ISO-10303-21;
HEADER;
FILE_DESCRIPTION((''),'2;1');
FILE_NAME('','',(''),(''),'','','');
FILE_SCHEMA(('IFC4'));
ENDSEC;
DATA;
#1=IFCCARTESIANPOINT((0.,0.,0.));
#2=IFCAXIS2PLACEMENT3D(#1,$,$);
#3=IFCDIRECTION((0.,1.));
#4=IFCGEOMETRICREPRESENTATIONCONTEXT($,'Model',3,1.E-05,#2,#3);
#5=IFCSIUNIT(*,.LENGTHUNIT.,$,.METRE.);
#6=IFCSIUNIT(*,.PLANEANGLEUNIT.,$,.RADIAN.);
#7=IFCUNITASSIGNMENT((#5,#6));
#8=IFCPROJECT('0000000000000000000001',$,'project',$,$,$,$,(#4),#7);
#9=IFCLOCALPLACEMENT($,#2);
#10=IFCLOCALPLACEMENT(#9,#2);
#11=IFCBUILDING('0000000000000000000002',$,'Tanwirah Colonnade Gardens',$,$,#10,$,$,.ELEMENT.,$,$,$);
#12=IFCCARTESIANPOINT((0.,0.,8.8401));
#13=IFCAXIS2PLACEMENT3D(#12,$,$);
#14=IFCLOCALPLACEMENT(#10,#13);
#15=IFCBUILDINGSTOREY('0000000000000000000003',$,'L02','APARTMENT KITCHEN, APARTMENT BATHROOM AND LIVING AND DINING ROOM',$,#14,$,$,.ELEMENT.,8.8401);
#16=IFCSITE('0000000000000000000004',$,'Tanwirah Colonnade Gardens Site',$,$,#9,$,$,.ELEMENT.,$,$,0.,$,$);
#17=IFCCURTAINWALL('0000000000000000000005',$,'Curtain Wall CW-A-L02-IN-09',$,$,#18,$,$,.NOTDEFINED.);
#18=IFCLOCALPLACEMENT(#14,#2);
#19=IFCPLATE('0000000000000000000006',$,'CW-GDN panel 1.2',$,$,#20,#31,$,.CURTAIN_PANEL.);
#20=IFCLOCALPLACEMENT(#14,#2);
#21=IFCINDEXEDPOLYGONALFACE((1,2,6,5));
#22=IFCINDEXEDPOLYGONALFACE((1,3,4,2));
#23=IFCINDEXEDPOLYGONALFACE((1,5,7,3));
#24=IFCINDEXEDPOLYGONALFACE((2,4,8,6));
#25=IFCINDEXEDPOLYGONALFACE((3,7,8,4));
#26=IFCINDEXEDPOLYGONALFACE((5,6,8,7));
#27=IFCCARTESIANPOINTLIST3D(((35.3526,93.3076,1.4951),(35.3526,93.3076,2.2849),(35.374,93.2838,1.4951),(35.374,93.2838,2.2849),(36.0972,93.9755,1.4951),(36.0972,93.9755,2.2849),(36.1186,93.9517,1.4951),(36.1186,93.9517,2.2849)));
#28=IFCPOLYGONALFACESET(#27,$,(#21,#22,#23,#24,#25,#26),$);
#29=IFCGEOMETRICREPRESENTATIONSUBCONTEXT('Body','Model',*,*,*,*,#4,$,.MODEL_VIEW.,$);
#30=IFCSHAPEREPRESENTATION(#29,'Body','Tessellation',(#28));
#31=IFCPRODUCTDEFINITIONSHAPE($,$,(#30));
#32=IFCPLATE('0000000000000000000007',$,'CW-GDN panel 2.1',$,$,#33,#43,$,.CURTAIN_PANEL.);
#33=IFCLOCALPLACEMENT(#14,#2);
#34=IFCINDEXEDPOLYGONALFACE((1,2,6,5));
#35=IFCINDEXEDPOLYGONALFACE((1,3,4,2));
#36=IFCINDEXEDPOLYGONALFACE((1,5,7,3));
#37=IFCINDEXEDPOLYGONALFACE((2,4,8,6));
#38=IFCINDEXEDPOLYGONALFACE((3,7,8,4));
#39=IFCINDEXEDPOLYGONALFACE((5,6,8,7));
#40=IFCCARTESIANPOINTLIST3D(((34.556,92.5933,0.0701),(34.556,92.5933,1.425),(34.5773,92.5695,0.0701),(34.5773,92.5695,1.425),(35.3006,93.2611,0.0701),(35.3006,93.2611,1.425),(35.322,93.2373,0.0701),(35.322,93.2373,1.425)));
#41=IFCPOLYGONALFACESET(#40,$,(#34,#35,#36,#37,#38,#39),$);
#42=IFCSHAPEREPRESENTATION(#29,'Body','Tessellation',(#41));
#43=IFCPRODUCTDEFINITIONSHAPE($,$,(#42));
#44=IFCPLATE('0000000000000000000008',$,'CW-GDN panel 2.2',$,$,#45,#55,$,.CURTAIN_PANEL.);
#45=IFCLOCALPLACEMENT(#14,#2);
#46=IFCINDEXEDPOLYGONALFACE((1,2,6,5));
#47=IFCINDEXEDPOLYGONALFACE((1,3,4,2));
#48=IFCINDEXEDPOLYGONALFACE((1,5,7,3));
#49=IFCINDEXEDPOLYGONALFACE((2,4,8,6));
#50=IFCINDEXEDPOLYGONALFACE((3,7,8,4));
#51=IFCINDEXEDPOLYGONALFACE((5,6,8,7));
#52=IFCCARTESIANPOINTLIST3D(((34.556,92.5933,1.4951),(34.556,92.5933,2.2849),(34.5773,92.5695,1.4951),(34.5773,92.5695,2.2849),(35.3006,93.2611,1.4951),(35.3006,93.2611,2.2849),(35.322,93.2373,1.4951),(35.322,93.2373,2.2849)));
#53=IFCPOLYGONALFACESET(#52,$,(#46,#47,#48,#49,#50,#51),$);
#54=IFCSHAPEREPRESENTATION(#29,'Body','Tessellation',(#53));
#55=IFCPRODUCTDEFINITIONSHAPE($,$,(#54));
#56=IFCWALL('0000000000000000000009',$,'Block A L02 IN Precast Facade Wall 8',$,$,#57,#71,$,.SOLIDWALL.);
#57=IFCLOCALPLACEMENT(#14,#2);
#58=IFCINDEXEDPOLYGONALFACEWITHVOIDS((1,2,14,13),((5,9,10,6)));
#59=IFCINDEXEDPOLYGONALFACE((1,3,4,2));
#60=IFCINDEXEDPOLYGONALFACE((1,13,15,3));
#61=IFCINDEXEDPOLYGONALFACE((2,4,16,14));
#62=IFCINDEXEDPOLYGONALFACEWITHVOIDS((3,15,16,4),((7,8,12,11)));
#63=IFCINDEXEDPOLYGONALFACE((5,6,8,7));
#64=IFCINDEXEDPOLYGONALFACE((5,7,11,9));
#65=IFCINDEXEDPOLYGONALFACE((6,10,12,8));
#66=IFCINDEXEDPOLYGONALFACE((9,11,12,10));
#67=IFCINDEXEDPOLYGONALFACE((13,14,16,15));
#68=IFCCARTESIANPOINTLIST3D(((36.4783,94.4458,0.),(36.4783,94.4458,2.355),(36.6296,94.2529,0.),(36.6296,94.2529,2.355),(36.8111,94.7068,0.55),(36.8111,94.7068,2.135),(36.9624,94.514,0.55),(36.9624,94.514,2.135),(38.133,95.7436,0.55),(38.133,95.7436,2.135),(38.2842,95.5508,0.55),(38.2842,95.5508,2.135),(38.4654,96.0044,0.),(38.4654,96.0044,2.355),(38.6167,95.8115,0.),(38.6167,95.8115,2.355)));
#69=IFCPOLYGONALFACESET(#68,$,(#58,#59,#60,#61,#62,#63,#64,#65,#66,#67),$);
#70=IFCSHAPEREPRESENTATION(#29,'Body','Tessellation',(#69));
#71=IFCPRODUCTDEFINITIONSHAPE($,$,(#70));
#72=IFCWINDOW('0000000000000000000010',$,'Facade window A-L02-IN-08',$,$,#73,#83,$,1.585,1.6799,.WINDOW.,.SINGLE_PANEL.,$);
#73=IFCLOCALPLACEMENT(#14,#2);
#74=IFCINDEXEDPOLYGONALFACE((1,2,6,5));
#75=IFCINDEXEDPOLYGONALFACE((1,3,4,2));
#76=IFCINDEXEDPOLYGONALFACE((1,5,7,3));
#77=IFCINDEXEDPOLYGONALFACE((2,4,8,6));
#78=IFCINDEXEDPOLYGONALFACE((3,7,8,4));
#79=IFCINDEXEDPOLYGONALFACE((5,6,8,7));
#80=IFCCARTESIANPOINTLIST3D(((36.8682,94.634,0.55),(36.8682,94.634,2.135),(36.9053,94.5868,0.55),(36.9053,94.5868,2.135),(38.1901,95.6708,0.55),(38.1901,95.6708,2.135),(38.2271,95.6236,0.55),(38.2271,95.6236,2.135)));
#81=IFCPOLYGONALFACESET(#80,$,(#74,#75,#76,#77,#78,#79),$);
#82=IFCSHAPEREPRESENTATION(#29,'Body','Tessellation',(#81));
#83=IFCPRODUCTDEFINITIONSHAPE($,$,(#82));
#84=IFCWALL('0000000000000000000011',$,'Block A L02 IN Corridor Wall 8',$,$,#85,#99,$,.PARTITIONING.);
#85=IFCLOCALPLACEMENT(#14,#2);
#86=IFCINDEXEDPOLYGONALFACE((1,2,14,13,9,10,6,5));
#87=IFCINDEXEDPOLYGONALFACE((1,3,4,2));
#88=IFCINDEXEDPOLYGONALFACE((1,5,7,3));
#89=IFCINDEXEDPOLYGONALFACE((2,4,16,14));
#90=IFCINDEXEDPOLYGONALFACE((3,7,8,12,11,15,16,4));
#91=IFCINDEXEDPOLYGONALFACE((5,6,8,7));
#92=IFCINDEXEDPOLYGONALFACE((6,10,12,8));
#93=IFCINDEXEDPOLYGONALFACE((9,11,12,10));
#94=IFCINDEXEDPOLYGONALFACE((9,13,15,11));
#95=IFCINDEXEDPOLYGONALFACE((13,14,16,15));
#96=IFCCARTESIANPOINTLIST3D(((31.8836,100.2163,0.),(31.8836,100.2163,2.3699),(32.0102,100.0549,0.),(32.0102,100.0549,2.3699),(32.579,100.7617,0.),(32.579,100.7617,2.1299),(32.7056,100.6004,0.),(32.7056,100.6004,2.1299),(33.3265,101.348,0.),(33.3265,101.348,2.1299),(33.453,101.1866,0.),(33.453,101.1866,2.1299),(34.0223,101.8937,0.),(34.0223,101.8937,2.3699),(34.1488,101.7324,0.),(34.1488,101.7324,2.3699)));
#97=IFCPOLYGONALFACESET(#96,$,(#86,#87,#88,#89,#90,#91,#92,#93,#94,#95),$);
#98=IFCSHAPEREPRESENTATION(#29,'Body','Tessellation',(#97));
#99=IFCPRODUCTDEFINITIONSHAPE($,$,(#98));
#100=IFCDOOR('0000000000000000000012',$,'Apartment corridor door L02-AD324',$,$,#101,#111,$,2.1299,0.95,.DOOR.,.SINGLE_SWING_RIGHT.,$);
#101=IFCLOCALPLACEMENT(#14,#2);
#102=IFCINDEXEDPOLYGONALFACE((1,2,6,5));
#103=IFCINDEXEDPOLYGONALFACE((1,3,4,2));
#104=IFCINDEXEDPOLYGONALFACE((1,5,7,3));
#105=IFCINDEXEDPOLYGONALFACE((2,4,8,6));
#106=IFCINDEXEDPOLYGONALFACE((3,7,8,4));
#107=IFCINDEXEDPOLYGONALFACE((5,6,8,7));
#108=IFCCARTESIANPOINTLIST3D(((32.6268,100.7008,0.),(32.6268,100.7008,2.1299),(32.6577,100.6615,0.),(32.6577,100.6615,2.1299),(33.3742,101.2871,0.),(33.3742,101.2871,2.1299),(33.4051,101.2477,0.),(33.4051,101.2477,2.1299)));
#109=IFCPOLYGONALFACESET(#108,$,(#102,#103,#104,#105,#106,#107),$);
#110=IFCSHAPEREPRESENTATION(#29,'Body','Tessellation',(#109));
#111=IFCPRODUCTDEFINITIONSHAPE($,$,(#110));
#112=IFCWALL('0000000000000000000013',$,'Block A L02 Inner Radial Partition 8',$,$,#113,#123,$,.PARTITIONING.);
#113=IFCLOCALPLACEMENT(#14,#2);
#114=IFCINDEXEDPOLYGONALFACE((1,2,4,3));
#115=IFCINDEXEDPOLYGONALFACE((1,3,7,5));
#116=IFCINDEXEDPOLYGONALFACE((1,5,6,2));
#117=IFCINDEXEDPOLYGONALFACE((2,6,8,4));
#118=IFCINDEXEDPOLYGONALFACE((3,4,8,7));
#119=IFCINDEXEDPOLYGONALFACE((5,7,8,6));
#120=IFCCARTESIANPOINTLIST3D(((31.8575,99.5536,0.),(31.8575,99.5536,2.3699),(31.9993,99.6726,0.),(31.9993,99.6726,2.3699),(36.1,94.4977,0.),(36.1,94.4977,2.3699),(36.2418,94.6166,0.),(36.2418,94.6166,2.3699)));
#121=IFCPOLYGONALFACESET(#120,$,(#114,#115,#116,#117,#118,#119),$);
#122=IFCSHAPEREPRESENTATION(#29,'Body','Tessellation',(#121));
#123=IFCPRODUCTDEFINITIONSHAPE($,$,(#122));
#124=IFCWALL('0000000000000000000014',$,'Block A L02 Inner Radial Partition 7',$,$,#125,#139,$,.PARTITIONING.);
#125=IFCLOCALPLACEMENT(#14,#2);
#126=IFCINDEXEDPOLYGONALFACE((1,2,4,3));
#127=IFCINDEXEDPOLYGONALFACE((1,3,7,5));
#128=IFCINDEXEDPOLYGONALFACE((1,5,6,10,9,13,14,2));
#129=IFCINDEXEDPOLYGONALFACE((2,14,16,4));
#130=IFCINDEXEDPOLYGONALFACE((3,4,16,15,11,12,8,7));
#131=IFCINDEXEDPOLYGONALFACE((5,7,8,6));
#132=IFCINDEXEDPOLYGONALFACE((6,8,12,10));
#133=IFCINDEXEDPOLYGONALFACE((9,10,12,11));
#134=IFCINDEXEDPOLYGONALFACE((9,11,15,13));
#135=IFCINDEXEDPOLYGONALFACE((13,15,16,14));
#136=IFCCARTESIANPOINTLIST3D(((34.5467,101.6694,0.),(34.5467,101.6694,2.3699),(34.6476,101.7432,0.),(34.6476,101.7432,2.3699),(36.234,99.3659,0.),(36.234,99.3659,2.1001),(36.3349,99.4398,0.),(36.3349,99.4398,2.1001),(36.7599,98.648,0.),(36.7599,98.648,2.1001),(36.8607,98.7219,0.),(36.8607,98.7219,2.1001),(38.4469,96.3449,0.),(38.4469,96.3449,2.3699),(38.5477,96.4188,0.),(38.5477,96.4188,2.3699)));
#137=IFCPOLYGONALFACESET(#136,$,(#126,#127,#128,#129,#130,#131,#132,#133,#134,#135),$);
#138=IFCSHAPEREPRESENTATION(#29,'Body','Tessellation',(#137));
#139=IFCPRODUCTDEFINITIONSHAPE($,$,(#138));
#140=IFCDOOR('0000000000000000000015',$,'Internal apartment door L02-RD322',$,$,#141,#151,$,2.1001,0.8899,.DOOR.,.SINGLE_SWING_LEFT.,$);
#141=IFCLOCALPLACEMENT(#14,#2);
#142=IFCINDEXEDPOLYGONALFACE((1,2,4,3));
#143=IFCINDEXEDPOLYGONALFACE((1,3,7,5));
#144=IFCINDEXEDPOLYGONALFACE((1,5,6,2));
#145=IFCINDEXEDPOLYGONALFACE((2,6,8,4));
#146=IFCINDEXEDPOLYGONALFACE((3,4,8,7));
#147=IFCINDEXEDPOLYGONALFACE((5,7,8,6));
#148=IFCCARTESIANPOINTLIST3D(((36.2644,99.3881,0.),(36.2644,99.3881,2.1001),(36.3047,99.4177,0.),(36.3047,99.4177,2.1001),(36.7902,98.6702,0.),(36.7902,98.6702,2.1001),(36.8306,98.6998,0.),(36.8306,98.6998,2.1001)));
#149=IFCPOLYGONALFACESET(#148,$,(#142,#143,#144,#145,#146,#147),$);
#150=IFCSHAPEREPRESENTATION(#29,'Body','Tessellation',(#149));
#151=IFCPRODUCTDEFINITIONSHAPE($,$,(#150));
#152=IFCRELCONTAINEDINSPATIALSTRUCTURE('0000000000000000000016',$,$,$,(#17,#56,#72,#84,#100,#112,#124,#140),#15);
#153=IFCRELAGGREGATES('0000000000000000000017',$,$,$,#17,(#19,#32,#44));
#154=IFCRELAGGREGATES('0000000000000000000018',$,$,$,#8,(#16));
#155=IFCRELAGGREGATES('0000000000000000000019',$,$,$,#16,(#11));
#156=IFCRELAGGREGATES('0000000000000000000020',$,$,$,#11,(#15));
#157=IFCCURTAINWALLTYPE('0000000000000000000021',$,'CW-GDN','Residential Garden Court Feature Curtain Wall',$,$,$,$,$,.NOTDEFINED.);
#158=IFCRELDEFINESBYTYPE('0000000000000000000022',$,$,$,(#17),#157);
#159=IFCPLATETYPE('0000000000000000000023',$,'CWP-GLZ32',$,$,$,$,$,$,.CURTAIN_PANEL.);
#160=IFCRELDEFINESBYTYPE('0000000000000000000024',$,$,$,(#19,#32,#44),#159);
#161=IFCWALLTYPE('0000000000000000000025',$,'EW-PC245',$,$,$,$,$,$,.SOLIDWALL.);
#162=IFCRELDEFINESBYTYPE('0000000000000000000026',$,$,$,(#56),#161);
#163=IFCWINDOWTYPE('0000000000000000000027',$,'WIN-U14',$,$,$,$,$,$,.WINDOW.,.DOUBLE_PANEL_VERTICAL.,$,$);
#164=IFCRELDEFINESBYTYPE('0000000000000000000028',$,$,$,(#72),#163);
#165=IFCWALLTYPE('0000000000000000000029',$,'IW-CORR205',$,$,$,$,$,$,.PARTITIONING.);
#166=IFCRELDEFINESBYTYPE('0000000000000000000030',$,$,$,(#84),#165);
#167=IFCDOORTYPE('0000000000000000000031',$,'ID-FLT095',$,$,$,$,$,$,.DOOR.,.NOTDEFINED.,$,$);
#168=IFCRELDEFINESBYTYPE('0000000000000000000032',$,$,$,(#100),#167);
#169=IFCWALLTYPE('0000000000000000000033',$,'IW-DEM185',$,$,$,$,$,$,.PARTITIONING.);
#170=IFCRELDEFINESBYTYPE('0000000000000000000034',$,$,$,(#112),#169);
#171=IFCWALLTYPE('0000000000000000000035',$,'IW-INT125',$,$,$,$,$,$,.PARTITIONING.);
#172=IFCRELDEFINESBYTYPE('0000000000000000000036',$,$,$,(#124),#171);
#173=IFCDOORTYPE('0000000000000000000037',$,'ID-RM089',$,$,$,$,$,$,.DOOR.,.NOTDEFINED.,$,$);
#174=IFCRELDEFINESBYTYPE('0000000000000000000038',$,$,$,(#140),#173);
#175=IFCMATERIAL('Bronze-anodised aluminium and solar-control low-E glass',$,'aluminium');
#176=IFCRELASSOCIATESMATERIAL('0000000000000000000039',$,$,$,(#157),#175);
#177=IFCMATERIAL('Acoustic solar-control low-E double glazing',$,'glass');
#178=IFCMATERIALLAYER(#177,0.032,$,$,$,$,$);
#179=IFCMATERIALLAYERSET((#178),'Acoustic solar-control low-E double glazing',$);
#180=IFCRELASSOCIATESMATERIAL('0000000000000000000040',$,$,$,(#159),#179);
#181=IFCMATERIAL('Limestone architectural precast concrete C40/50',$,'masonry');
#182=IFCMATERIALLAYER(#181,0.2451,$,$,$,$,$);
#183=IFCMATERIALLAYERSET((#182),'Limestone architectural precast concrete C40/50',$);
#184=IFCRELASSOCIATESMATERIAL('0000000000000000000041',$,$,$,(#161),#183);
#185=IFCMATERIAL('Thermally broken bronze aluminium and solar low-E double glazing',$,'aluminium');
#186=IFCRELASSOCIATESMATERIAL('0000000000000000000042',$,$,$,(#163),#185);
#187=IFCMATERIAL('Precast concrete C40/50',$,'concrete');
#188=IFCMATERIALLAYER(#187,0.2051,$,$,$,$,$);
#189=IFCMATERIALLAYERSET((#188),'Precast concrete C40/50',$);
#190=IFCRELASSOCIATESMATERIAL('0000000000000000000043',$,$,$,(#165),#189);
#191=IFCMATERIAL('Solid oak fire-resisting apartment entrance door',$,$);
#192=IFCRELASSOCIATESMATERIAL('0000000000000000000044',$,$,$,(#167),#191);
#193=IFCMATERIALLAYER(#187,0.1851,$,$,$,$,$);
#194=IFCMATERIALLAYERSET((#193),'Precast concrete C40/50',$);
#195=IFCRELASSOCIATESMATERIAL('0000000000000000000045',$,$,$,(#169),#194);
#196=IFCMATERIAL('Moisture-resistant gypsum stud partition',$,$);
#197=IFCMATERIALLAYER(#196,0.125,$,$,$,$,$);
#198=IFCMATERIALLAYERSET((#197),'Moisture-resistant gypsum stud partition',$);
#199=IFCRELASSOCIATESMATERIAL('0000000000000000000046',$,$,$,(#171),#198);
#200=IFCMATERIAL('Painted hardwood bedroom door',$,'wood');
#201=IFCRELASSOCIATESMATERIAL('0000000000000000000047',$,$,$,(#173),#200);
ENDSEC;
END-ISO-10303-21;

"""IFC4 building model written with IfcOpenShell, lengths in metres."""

from ifc_helpers import new_model, si_unit, direction, frame, frame_2d, origin, origin_2d, place, context, subcontext, project, spatial, rectangle, extrude, material, layer, layer_set, type_object, element, fill, aggregate, save


model = new_model("IFC4")

# Units and contexts
model_context = context("Model", 3, precision=1e-05, world=origin(), true_north=direction((0.0, 1.0)))
body_context = subcontext(model_context, "Body", "Model", "MODEL_VIEW")
ifc_project = project(units=[si_unit("LENGTHUNIT", "METRE"), si_unit("PLANEANGLEUNIT", "RADIAN")], contexts=[model_context])

# Site, building, storey
site_placement = place(None, origin())
site = spatial("IfcSite", under=ifc_project, at=site_placement, Name="Tanwirah Colonnade Gardens Site", CompositionType="ELEMENT", RefElevation=0.0)
building_placement = place(site_placement, origin())
building = spatial("IfcBuilding", under=site, at=building_placement, Name="Tanwirah Colonnade Gardens", CompositionType="ELEMENT")
storey_placement = place(building_placement, frame((0.0, 0.0, 8.8401)))
storey = spatial("IfcBuildingStorey", under=building, at=storey_placement, Name="L02", Description="APARTMENT KITCHEN, APARTMENT BATHROOM AND LIVING AND DINING ROOM", CompositionType="ELEMENT", Elevation=8.8401)

# Shared definitions
ifc_material_1 = material(Name="Precast concrete C40/50", Category="concrete")

# Curtain wall
ifc_material_2 = material(Name="Bronze-anodised aluminium and solar-control low-E glass", Category="aluminium")
curtain_wall_type = type_object("IfcCurtainWallType", Name="CW-GDN", Description="Residential Garden Court Feature Curtain Wall", PredefinedType="NOTDEFINED", material=ifc_material_2)
curtain_wall_placement = place(storey_placement, origin())
curtain_wall = element("IfcCurtainWall", 1, at=curtain_wall_placement, inside=storey, type_object=curtain_wall_type, Name="Curtain Wall CW-A-L02-IN-09", PredefinedType="NOTDEFINED")

# Plates
ifc_material_3 = material(Name="Acoustic solar-control low-E double glazing", Category="glass")
ifc_layer_1 = layer(ifc_material_3, 0.032)
ifc_layer_set_1 = layer_set([ifc_layer_1], Name="Acoustic solar-control low-E double glazing")
plate_type = type_object("IfcPlateType", Name="CWP-GLZ32", PredefinedType="CURTAIN_PANEL", material=ifc_layer_set_1)
plate_1_placement = place(storey_placement, frame((35.7356, 93.6296, 1.4951), z_axis=(0.0, 0.0, 1.0), x_axis=(-0.74444, -0.667689, 0.0)))
plate_1 = element("IfcPlate", 2, at=plate_1_placement, type_object=plate_type, Name="CW-GDN panel 1.2", PredefinedType="CURTAIN_PANEL", context=body_context, shape_type="SweptSolid", body=[
    extrude(rectangle(XDim=1.0002, YDim=0.032, at=origin_2d()), origin(), (0.0, 0.0, 1.0), 0.7898),
])
plate_2_placement = place(storey_placement, frame((34.939, 92.9153, 0.0701), z_axis=(0.0, 0.0, 1.0), x_axis=(-0.74444, -0.667689, 0.0)))
plate_2 = element("IfcPlate", 3, at=plate_2_placement, type_object=plate_type, Name="CW-GDN panel 2.1", PredefinedType="CURTAIN_PANEL", context=body_context, shape_type="SweptSolid", body=[
    extrude(rectangle(XDim=1.0002, YDim=0.032, at=origin_2d()), origin(), (0.0, 0.0, 1.0), 1.355),
])
plate_3_placement = place(storey_placement, frame((34.939, 92.9153, 1.4951), z_axis=(0.0, 0.0, 1.0), x_axis=(-0.74444, -0.667689, 0.0)))
plate_3 = element("IfcPlate", 4, at=plate_3_placement, type_object=plate_type, Name="CW-GDN panel 2.2", PredefinedType="CURTAIN_PANEL", context=body_context, shape_type="SweptSolid", body=[
    extrude(rectangle(XDim=1.0002, YDim=0.032, at=origin_2d()), origin(), (0.0, 0.0, 1.0), 0.7898),
])
aggregate(curtain_wall, [plate_1, plate_2, plate_3])

# Wall, opening, window
ifc_material_4 = material(Name="Limestone architectural precast concrete C40/50", Category="masonry")
ifc_layer_2 = layer(ifc_material_4, 0.2451)
ifc_layer_set_2 = layer_set([ifc_layer_2], Name="Limestone architectural precast concrete C40/50")
wall_type_1 = type_object("IfcWallType", Name="EW-PC245", PredefinedType="SOLIDWALL", material=ifc_layer_set_2)
wall_1_placement = place(storey_placement, frame((38.541, 95.908, 0.0), z_axis=(0.0, 0.0, 1.0), x_axis=(-0.786831, -0.617168, 0.0)))
wall_1 = element("IfcWall", 5, at=wall_1_placement, inside=storey, type_object=wall_type_1, Name="Block A L02 IN Precast Facade Wall 8", PredefinedType="SOLIDWALL", context=body_context, shape_type="SweptSolid", body=[
    extrude(rectangle(XDim=2.5254, YDim=0.2451, at=frame_2d((1.2627, 0.0))), origin(), (0.0, 0.0, 1.0), 2.355),
])
opening_1_placement = place(wall_1_placement, frame((0.4226, 0.0, 0.55)))
opening_1 = element("IfcOpeningElement", 6, at=opening_1_placement, cuts=wall_1, PredefinedType="OPENING", context=body_context, shape_type="SweptSolid", body=[
    extrude(rectangle(XDim=1.6799, YDim=1.585, at=frame_2d((0.8398, 0.7925))), frame((0.0, 0.1326, 0.0), z_axis=(0.0, -1.0, 0.0), x_axis=(1.0, 0.0, 0.0)), (0.0, 0.0, 1.0), 0.2651),
])
ifc_material_5 = material(Name="Thermally broken bronze aluminium and solar low-E double glazing", Category="aluminium")
window_type = type_object("IfcWindowType", Name="WIN-U14", PartitioningType="DOUBLE_PANEL_VERTICAL", PredefinedType="WINDOW", material=ifc_material_5)
window_placement = place(opening_1_placement, origin())
window = element("IfcWindow", 7, at=window_placement, inside=storey, type_object=window_type, Name="Facade window A-L02-IN-08", OverallHeight=1.585, OverallWidth=1.6799, PartitioningType="SINGLE_PANEL", PredefinedType="WINDOW", context=body_context, shape_type="SweptSolid", body=[
    extrude(rectangle(XDim=1.6799, YDim=1.585, at=frame_2d((0.8398, 0.7925))), frame((0.0, 0.03, 0.0), z_axis=(0.0, -1.0, 0.0), x_axis=(1.0, 0.0, 0.0)), (0.0, 0.0, 1.0), 0.0601),
])
fill(opening_1, window)

# Wall, opening, door
ifc_layer_3 = layer(ifc_material_1, 0.2051)
ifc_layer_set_3 = layer_set([ifc_layer_3], Name="Precast concrete C40/50")
wall_type_2 = type_object("IfcWallType", Name="IW-CORR205", PredefinedType="PARTITIONING", material=ifc_layer_set_3)
wall_2_placement = place(storey_placement, frame((34.0854, 101.813, 0.0), z_axis=(0.0, 0.0, 1.0), x_axis=(-0.786835, -0.617163, 0.0)))
wall_2 = element("IfcWall", 8, at=wall_2_placement, inside=storey, type_object=wall_type_2, Name="Block A L02 IN Corridor Wall 8", PredefinedType="PARTITIONING", context=body_context, shape_type="SweptSolid", body=[
    extrude(rectangle(XDim=2.718, YDim=0.2051, at=frame_2d((1.3589, 0.0))), origin(), (0.0, 0.0, 1.0), 2.3699),
])
opening_2_placement = place(wall_2_placement, frame((0.884, 0.0, 0.0)))
opening_2 = element("IfcOpeningElement", 9, at=opening_2_placement, cuts=wall_2, PredefinedType="OPENING", context=body_context, shape_type="SweptSolid", body=[
    extrude(rectangle(XDim=0.95, YDim=2.1299, at=frame_2d((0.4751, 1.0649))), frame((0.0, 0.1125, 0.0), z_axis=(0.0, -1.0, 0.0), x_axis=(1.0, 0.0, 0.0)), (0.0, 0.0, 1.0), 0.2251),
])
ifc_material_6 = material(Name="Solid oak fire-resisting apartment entrance door")
door_type_1 = type_object("IfcDoorType", Name="ID-FLT095", OperationType="NOTDEFINED", PredefinedType="DOOR", material=ifc_material_6)
door_1_placement = place(opening_2_placement, origin())
door_1 = element("IfcDoor", 10, at=door_1_placement, inside=storey, type_object=door_type_1, Name="Apartment corridor door L02-AD324", OperationType="SINGLE_SWING_RIGHT", OverallHeight=2.1299, OverallWidth=0.95, PredefinedType="DOOR", context=body_context, shape_type="SweptSolid", body=[
    extrude(rectangle(XDim=0.95, YDim=2.1299, at=frame_2d((0.4751, 1.0649))), frame((0.0, 0.0249, 0.0), z_axis=(0.0, -1.0, 0.0), x_axis=(1.0, 0.0, 0.0)), (0.0, 0.0, 1.0), 0.05),
])
fill(opening_2, door_1)

# Wall
ifc_layer_4 = layer(ifc_material_1, 0.1851)
ifc_layer_set_4 = layer_set([ifc_layer_4], Name="Precast concrete C40/50")
wall_type_3 = type_object("IfcWallType", Name="IW-DEM185", PredefinedType="PARTITIONING", material=ifc_layer_set_4)
wall_3_placement = place(storey_placement, frame((36.1709, 94.5571, 0.0), z_axis=(0.0, 0.0, 1.0), x_axis=(-0.642789, 0.766043, 0.0)))
element("IfcWall", 11, at=wall_3_placement, inside=storey, type_object=wall_type_3, Name="Block A L02 Inner Radial Partition 8", PredefinedType="PARTITIONING", context=body_context, shape_type="SweptSolid", body=[
    extrude(rectangle(XDim=6.6001, YDim=0.1851, at=frame_2d((3.3, 0.0))), origin(), (0.0, 0.0, 1.0), 2.3699),
])

# Wall, opening, door
ifc_material_7 = material(Name="Moisture-resistant gypsum stud partition")
ifc_layer_5 = layer(ifc_material_7, 0.125)
ifc_layer_set_5 = layer_set([ifc_layer_5], Name="Moisture-resistant gypsum stud partition")
wall_type_4 = type_object("IfcWallType", Name="IW-INT125", PredefinedType="PARTITIONING", material=ifc_layer_set_5)
wall_4_placement = place(storey_placement, frame((38.4973, 96.3818, 0.0), z_axis=(0.0, 0.0, 1.0), x_axis=(-0.590924, 0.806727, 0.0)))
wall_4 = element("IfcWall", 12, at=wall_4_placement, inside=storey, type_object=wall_type_4, Name="Block A L02 Inner Radial Partition 7", PredefinedType="PARTITIONING", context=body_context, shape_type="SweptSolid", body=[
    extrude(rectangle(XDim=6.6001, YDim=0.125, at=frame_2d((3.3, 0.0))), origin(), (0.0, 0.0, 1.0), 2.3699),
])
opening_3_placement = place(wall_4_placement, frame((2.855, 0.0, 0.0)))
opening_3 = element("IfcOpeningElement", 13, at=opening_3_placement, cuts=wall_4, PredefinedType="OPENING", context=body_context, shape_type="SweptSolid", body=[
    extrude(rectangle(XDim=0.8899, YDim=2.1001, at=frame_2d((0.4448, 1.05))), frame((0.0, 0.0725, 0.0), z_axis=(0.0, -1.0, 0.0), x_axis=(1.0, 0.0, 0.0)), (0.0, 0.0, 1.0), 0.145),
])
ifc_material_8 = material(Name="Painted hardwood bedroom door", Category="wood")
door_type_2 = type_object("IfcDoorType", Name="ID-RM089", OperationType="NOTDEFINED", PredefinedType="DOOR", material=ifc_material_8)
door_2_placement = place(opening_3_placement, origin())
door_2 = element("IfcDoor", 14, at=door_2_placement, inside=storey, type_object=door_type_2, Name="Internal apartment door L02-RD322", OperationType="SINGLE_SWING_LEFT", OverallHeight=2.1001, OverallWidth=0.8899, PredefinedType="DOOR", context=body_context, shape_type="SweptSolid", body=[
    extrude(rectangle(XDim=0.8899, YDim=2.1001, at=frame_2d((0.4448, 1.05))), frame((0.0, 0.0249, 0.0), z_axis=(0.0, -1.0, 0.0), x_axis=(1.0, 0.0, 0.0)), (0.0, 0.0, 1.0), 0.05),
])
fill(opening_3, door_2)

save(model, "model.ifc")
